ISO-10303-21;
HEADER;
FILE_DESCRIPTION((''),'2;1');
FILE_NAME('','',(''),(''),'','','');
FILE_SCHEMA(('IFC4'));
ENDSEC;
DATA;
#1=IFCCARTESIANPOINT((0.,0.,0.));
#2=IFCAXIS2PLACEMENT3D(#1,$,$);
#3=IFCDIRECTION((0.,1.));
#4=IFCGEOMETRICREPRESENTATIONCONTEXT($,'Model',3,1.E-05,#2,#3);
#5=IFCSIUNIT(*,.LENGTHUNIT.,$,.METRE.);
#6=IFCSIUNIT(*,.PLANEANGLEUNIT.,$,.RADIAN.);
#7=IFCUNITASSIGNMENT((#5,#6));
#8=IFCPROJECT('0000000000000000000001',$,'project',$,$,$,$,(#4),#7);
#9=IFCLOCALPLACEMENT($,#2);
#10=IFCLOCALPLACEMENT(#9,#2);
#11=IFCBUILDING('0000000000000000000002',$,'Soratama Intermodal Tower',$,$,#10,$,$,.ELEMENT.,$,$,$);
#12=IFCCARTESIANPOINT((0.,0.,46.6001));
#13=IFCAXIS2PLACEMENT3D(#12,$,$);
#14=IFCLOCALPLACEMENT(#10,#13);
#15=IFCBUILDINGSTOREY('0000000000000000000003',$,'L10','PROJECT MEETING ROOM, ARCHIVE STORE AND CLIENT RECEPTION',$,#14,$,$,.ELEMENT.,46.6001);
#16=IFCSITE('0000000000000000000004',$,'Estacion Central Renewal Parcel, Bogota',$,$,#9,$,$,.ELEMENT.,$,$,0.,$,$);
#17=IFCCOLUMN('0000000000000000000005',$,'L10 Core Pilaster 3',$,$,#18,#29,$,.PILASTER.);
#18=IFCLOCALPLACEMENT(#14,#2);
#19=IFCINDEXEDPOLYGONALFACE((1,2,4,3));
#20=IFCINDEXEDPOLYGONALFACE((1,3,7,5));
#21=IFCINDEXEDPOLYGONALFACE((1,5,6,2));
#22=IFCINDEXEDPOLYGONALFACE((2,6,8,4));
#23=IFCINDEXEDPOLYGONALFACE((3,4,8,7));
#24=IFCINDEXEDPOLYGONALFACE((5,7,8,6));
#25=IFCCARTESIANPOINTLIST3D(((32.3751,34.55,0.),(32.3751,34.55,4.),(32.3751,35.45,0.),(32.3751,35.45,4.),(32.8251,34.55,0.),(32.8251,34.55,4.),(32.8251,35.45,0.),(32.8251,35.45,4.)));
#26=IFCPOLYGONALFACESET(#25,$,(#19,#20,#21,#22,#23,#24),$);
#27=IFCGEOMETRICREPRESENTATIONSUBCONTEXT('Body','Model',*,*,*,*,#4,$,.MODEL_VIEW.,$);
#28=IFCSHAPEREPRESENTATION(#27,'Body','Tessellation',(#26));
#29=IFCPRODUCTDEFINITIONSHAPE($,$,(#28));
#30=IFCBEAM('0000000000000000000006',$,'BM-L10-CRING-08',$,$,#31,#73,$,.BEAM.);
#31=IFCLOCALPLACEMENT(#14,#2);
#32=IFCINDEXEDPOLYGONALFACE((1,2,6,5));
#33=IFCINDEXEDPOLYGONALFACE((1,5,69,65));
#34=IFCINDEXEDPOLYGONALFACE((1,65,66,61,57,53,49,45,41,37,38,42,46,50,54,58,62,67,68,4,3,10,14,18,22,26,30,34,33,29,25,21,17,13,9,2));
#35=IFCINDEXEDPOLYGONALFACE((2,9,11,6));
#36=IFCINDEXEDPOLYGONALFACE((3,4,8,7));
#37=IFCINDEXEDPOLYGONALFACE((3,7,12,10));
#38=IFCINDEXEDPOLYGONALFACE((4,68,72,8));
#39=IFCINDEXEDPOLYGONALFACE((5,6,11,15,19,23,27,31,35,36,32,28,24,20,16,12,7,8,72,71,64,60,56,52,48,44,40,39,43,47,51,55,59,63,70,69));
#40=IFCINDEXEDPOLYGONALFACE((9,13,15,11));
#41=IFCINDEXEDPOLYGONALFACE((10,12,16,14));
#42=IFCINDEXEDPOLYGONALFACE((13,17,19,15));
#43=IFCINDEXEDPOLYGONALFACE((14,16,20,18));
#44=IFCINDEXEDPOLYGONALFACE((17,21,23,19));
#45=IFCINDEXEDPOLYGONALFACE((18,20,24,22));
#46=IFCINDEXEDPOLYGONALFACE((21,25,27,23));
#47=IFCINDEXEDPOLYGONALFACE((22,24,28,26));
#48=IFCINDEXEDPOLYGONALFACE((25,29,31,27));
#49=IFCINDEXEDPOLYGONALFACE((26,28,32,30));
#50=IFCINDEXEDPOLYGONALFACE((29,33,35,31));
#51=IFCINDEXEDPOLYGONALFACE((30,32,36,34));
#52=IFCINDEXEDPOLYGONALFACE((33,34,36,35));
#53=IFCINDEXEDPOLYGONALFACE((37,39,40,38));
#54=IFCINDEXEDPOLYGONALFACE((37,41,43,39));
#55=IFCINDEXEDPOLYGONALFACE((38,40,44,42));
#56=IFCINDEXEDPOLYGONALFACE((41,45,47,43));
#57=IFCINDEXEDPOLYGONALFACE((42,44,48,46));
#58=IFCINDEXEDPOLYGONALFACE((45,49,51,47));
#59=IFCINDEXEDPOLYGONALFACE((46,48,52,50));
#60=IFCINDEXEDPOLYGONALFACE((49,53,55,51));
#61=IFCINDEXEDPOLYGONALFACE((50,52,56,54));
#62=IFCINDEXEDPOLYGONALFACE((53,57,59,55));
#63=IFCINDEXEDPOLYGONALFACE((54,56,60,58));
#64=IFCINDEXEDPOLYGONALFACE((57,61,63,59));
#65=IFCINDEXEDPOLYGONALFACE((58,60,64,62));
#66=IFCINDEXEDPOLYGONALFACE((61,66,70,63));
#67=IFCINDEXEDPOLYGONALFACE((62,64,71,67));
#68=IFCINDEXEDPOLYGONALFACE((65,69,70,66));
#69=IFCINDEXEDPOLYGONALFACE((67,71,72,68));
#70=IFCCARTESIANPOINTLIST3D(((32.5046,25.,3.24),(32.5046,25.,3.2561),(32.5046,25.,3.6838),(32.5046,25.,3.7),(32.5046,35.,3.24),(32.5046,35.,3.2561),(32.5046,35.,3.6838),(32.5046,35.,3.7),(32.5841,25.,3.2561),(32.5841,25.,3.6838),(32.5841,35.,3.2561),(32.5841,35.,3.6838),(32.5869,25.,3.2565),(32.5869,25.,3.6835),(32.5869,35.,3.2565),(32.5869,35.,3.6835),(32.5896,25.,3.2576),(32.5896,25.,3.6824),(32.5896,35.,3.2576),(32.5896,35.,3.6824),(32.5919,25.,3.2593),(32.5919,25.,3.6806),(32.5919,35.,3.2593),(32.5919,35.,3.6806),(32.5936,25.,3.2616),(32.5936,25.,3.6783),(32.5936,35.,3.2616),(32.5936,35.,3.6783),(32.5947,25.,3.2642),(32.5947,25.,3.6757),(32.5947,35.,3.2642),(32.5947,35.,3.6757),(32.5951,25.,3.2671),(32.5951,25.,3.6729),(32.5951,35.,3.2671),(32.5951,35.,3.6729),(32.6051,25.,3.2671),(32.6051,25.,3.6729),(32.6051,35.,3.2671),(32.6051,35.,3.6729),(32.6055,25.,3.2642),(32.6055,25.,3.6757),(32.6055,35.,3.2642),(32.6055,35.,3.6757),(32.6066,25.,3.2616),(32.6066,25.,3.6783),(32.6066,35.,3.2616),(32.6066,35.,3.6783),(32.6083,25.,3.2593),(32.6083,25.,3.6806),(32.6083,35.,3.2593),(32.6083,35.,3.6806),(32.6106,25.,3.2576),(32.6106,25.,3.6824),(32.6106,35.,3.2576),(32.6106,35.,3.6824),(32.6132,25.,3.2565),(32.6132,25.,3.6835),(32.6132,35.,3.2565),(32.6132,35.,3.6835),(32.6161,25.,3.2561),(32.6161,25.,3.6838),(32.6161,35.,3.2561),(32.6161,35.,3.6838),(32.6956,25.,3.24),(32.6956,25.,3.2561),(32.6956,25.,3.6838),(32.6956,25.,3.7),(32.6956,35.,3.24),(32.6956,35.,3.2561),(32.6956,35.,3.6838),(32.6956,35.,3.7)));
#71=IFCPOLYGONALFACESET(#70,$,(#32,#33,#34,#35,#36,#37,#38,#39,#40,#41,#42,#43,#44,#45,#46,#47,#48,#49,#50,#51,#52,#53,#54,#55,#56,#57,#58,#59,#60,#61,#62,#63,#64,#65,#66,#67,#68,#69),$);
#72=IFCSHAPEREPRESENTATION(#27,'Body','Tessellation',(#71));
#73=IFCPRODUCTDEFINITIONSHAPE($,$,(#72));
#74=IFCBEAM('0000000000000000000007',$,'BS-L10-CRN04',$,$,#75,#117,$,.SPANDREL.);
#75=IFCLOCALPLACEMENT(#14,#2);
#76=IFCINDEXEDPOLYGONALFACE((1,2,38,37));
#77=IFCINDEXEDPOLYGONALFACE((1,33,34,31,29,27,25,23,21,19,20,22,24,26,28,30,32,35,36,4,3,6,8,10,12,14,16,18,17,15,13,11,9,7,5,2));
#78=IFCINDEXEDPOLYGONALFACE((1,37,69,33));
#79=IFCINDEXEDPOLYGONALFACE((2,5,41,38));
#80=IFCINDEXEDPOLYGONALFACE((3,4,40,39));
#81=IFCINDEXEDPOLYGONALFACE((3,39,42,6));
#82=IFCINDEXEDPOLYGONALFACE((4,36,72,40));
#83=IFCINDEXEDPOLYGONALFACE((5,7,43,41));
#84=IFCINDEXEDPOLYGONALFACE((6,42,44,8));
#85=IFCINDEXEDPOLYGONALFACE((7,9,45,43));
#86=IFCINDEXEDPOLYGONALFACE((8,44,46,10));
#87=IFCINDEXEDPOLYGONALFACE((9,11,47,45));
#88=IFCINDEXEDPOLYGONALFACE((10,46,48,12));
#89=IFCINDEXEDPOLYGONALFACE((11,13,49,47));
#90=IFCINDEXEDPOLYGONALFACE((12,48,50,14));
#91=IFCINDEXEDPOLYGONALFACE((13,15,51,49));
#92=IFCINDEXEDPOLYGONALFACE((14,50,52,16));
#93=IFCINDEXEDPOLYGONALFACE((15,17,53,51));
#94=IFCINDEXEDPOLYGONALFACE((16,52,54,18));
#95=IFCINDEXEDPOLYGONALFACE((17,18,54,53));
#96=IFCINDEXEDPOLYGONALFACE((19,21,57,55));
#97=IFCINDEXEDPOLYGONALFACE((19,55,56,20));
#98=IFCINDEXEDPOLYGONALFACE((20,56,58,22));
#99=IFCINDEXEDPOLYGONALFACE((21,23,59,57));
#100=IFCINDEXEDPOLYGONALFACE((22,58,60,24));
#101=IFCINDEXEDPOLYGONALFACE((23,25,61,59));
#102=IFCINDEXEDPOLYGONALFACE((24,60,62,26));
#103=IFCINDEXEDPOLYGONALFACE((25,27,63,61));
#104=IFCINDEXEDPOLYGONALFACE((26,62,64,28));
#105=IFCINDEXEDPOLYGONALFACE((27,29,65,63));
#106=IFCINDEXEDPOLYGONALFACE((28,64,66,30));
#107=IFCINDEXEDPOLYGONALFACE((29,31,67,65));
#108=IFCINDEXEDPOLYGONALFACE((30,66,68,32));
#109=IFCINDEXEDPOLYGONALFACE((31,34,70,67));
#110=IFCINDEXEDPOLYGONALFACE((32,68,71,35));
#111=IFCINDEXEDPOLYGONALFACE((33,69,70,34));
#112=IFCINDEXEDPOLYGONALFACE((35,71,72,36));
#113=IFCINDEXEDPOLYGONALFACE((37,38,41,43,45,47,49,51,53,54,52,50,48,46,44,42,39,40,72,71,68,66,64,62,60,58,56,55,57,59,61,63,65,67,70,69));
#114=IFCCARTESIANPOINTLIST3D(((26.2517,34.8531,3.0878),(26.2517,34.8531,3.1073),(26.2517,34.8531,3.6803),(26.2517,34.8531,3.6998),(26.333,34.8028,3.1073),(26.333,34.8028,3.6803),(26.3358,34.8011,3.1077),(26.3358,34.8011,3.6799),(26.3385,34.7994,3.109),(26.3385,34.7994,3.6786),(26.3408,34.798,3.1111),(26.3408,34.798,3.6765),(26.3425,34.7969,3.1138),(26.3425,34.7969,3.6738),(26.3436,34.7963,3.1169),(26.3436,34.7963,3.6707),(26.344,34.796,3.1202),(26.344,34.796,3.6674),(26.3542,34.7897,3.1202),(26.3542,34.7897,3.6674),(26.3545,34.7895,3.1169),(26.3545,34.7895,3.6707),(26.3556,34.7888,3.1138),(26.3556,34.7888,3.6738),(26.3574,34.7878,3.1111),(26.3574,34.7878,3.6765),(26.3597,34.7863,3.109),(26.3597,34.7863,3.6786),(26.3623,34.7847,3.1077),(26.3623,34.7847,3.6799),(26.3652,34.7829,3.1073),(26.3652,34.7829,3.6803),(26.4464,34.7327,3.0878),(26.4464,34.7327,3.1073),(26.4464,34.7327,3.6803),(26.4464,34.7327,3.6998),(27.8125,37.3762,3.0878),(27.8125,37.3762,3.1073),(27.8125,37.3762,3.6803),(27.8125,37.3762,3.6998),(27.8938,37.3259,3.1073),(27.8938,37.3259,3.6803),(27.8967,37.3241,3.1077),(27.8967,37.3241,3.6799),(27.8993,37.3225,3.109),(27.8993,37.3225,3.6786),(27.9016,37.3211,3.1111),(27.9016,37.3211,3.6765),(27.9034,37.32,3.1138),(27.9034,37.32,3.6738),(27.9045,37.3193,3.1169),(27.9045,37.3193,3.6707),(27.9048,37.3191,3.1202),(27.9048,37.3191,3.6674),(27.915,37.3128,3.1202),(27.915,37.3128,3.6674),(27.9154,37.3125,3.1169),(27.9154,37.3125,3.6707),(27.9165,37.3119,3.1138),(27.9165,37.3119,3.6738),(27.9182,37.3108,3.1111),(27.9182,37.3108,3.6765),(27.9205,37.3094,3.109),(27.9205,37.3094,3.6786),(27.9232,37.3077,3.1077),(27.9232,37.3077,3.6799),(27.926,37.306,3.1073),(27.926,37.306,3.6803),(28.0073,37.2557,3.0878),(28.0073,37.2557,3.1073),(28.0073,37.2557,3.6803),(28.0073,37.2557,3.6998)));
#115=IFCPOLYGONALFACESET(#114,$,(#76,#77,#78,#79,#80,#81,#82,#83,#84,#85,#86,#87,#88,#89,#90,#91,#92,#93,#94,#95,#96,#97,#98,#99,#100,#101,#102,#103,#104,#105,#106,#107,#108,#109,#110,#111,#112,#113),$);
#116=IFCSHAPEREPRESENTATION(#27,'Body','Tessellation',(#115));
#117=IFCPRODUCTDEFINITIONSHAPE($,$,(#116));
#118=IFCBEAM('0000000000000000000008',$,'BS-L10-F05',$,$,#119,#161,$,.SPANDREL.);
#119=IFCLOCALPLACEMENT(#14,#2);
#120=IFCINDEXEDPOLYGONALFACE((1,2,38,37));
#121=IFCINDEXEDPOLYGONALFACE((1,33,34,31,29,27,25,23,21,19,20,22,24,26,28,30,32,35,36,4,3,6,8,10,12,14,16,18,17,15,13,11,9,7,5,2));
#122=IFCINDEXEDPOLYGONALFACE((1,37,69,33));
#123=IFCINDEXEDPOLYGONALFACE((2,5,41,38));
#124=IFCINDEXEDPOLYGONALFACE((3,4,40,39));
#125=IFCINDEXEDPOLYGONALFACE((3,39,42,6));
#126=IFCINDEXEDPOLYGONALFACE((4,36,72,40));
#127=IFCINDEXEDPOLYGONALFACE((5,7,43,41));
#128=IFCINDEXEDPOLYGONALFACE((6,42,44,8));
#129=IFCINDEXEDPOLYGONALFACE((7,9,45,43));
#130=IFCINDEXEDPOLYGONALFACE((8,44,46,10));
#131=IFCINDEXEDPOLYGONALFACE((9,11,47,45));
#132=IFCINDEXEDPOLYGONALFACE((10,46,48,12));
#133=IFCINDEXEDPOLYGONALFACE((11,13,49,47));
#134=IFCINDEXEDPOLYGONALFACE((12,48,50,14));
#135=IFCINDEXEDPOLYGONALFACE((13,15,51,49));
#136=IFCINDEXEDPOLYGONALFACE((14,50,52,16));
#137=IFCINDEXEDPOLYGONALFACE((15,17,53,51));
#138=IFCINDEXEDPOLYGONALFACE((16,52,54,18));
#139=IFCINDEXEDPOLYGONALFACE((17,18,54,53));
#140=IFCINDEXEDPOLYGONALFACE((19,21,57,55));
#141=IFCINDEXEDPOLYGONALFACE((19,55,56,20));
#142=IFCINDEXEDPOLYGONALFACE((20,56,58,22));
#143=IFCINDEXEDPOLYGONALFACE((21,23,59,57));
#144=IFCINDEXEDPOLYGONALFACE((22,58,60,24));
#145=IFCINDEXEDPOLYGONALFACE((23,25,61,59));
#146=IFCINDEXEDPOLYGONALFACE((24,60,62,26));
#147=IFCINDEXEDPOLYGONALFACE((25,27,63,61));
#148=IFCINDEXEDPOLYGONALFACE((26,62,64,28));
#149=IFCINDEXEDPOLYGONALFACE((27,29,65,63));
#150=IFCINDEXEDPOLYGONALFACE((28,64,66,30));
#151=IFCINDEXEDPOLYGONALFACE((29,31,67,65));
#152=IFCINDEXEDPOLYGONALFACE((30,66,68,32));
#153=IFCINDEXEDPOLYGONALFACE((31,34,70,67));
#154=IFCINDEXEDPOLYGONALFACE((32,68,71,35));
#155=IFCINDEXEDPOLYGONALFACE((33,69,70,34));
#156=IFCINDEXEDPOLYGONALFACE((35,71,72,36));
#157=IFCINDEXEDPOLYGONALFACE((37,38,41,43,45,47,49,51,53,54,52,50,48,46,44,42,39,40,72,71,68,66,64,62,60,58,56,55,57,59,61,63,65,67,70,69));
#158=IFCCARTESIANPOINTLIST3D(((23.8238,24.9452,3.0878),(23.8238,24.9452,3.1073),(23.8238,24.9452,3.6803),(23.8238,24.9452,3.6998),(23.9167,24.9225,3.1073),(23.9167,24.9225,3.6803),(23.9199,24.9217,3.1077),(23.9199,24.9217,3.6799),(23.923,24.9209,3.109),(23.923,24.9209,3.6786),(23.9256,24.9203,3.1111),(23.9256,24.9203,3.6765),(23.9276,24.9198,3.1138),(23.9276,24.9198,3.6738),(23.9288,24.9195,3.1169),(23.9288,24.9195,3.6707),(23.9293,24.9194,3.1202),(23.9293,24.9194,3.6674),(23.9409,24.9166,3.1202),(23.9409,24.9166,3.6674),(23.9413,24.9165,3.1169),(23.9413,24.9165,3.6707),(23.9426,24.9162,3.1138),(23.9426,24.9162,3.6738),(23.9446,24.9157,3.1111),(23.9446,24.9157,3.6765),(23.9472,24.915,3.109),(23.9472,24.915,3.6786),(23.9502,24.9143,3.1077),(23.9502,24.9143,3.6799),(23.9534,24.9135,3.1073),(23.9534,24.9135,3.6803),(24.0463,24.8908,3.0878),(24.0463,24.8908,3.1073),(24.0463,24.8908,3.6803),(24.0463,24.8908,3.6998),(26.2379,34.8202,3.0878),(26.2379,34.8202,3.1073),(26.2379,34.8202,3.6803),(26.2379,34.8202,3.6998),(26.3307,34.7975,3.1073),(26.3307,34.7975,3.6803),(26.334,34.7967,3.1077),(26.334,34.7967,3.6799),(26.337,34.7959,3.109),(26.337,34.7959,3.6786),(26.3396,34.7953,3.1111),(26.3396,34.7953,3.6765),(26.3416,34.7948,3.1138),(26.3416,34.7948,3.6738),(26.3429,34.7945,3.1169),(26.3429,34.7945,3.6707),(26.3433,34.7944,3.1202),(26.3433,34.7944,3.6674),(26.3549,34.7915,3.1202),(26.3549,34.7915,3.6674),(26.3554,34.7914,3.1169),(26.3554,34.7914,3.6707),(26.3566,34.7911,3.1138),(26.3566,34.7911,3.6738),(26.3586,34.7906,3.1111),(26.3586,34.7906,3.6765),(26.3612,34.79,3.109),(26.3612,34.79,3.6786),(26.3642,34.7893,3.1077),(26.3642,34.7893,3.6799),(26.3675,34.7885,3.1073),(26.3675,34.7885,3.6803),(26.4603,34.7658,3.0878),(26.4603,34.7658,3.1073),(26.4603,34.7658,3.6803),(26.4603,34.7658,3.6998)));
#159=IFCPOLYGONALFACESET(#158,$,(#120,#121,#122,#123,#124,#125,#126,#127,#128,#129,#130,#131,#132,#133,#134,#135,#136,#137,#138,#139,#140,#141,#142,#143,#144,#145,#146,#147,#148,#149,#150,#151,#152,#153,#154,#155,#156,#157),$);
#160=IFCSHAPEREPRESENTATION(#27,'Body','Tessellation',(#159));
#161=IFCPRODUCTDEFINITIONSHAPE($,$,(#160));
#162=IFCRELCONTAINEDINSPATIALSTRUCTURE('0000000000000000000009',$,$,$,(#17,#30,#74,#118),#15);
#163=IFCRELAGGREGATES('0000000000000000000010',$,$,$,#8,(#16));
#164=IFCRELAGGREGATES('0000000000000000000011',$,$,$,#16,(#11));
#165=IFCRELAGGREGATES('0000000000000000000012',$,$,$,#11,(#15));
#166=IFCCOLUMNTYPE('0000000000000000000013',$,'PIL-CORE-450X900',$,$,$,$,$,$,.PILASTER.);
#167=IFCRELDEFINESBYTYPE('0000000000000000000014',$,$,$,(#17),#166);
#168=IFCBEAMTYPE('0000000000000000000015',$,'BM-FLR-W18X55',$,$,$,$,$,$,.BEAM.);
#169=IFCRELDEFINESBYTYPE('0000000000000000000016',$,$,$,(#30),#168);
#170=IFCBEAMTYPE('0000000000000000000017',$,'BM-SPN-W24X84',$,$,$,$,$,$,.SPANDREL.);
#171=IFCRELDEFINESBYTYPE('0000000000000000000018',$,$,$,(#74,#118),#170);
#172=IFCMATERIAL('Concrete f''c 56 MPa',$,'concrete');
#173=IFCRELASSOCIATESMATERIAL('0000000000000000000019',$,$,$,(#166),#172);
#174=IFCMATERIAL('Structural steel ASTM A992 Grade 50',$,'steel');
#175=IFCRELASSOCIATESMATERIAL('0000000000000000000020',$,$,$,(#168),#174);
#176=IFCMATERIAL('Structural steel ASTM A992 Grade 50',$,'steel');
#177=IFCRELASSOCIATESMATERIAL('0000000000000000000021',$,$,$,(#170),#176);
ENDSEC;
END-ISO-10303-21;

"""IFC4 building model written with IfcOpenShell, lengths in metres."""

from ifc_helpers import new_model, si_unit, direction, frame, origin, origin_2d, place, context, subcontext, project, spatial, rectangle, i_section, extrude, material, material_profile, profile_set, type_object, element, save


model = new_model("IFC4")

# Units and contexts
model_context = context("Model", 3, precision=1e-05, world=origin(), true_north=direction((0.0, 1.0)))
body_context = subcontext(model_context, "Body", "Model", "MODEL_VIEW")
ifc_project = project(units=[si_unit("LENGTHUNIT", "METRE"), si_unit("PLANEANGLEUNIT", "RADIAN")], contexts=[model_context])

# Site, building, storey
site_placement = place(None, origin())
site = spatial("IfcSite", under=ifc_project, at=site_placement, Name="Estacion Central Renewal Parcel, Bogota", CompositionType="ELEMENT", RefElevation=0.0)
building_placement = place(site_placement, origin())
building = spatial("IfcBuilding", under=site, at=building_placement, Name="Soratama Intermodal Tower", CompositionType="ELEMENT")
storey_placement = place(building_placement, frame((0.0, 0.0, 46.6001)))
storey = spatial("IfcBuildingStorey", under=building, at=storey_placement, Name="L10", Description="PROJECT MEETING ROOM, ARCHIVE STORE AND CLIENT RECEPTION", CompositionType="ELEMENT", Elevation=46.6001)

# Column
ifc_material_1 = material(Name="Concrete f'c 56 MPa", Category="concrete")
ifc_material_profile_1 = material_profile(ifc_material_1, rectangle(XDim=0.45, YDim=0.8999, at=origin_2d()), Name="RC450X900")
ifc_profile_set_1 = profile_set([ifc_material_profile_1], Name="Concrete f'c 56 MPa")
column_type = type_object("IfcColumnType", Name="PIL-CORE-450X900", PredefinedType="PILASTER", material=ifc_profile_set_1)
column_placement = place(storey_placement, frame((32.6001, 35.0, 0.0), z_axis=(0.0, 0.0, 1.0), x_axis=(1.0, 0.0, 0.0)))
element("IfcColumn", 1, at=column_placement, inside=storey, type_object=column_type, Name="L10 Core Pilaster 3", PredefinedType="PILASTER", context=body_context, shape_type="SweptSolid", body=[
    extrude(rectangle(XDim=0.45, YDim=0.8999, at=origin_2d()), origin(), (0.0, 0.0, 1.0), 4.0),
])

# Beams
ifc_material_2 = material(Name="Structural steel ASTM A992 Grade 50", Category="steel")
ifc_material_profile_2 = material_profile(ifc_material_2, i_section(OverallWidth=0.1909, OverallDepth=0.46, WebThickness=0.01, FlangeThickness=0.0161, FilletRadius=0.011, at=origin_2d()), Name="W18X55")
ifc_profile_set_2 = profile_set([ifc_material_profile_2], Name="Structural steel ASTM A992 Grade 50")
beam_type_1 = type_object("IfcBeamType", Name="BM-FLR-W18X55", PredefinedType="BEAM", material=ifc_profile_set_2)
beam_1_placement = place(storey_placement, frame((32.6001, 35.0, 3.47), z_axis=(0.0, -1.0, 0.0), x_axis=(1.0, 0.0, 0.0)))
element("IfcBeam", 2, at=beam_1_placement, inside=storey, type_object=beam_type_1, Name="BM-L10-CRING-08", PredefinedType="BEAM", context=body_context, shape_type="SweptSolid", body=[
    extrude(i_section(OverallWidth=0.1909, OverallDepth=0.46, WebThickness=0.01, FlangeThickness=0.0161, FilletRadius=0.011, at=origin_2d()), origin(), (0.0, 0.0, 1.0), 10.0),
])
ifc_material_3 = material(Name="Structural steel ASTM A992 Grade 50", Category="steel")
ifc_material_profile_3 = material_profile(ifc_material_3, i_section(OverallWidth=0.229, OverallDepth=0.6121, WebThickness=0.012, FlangeThickness=0.0195, FilletRadius=0.0129, at=origin_2d()), Name="W24X84")
ifc_profile_set_3 = profile_set([ifc_material_profile_3], Name="Structural steel ASTM A992 Grade 50")
beam_type_2 = type_object("IfcBeamType", Name="BM-SPN-W24X84", PredefinedType="SPANDREL", material=ifc_profile_set_3)
beam_2_placement = place(storey_placement, frame((27.9099, 37.3159, 3.3938), z_axis=(-0.526102, -0.850421, 0.0), x_axis=(0.850421, -0.526102, 0.0)))
element("IfcBeam", 3, at=beam_2_placement, inside=storey, type_object=beam_type_2, Name="BS-L10-CRN04", PredefinedType="SPANDREL", context=body_context, shape_type="SweptSolid", body=[
    extrude(i_section(OverallWidth=0.229, OverallDepth=0.6121, WebThickness=0.012, FlangeThickness=0.0195, FilletRadius=0.0129, at=origin_2d()), origin(), (0.0, 0.0, 1.0), 2.9668),
])
beam_3_placement = place(storey_placement, frame((26.3491, 34.793, 3.3938), z_axis=(-0.237469, -0.971395, 0.0), x_axis=(0.971395, -0.237469, 0.0)))
element("IfcBeam", 4, at=beam_3_placement, inside=storey, type_object=beam_type_2, Name="BS-L10-F05", PredefinedType="SPANDREL", context=body_context, shape_type="SweptSolid", body=[
    extrude(i_section(OverallWidth=0.229, OverallDepth=0.6121, WebThickness=0.012, FlangeThickness=0.0195, FilletRadius=0.0129, at=origin_2d()), origin(), (0.0, 0.0, 1.0), 10.1658),
])

save(model, "model.ifc")
